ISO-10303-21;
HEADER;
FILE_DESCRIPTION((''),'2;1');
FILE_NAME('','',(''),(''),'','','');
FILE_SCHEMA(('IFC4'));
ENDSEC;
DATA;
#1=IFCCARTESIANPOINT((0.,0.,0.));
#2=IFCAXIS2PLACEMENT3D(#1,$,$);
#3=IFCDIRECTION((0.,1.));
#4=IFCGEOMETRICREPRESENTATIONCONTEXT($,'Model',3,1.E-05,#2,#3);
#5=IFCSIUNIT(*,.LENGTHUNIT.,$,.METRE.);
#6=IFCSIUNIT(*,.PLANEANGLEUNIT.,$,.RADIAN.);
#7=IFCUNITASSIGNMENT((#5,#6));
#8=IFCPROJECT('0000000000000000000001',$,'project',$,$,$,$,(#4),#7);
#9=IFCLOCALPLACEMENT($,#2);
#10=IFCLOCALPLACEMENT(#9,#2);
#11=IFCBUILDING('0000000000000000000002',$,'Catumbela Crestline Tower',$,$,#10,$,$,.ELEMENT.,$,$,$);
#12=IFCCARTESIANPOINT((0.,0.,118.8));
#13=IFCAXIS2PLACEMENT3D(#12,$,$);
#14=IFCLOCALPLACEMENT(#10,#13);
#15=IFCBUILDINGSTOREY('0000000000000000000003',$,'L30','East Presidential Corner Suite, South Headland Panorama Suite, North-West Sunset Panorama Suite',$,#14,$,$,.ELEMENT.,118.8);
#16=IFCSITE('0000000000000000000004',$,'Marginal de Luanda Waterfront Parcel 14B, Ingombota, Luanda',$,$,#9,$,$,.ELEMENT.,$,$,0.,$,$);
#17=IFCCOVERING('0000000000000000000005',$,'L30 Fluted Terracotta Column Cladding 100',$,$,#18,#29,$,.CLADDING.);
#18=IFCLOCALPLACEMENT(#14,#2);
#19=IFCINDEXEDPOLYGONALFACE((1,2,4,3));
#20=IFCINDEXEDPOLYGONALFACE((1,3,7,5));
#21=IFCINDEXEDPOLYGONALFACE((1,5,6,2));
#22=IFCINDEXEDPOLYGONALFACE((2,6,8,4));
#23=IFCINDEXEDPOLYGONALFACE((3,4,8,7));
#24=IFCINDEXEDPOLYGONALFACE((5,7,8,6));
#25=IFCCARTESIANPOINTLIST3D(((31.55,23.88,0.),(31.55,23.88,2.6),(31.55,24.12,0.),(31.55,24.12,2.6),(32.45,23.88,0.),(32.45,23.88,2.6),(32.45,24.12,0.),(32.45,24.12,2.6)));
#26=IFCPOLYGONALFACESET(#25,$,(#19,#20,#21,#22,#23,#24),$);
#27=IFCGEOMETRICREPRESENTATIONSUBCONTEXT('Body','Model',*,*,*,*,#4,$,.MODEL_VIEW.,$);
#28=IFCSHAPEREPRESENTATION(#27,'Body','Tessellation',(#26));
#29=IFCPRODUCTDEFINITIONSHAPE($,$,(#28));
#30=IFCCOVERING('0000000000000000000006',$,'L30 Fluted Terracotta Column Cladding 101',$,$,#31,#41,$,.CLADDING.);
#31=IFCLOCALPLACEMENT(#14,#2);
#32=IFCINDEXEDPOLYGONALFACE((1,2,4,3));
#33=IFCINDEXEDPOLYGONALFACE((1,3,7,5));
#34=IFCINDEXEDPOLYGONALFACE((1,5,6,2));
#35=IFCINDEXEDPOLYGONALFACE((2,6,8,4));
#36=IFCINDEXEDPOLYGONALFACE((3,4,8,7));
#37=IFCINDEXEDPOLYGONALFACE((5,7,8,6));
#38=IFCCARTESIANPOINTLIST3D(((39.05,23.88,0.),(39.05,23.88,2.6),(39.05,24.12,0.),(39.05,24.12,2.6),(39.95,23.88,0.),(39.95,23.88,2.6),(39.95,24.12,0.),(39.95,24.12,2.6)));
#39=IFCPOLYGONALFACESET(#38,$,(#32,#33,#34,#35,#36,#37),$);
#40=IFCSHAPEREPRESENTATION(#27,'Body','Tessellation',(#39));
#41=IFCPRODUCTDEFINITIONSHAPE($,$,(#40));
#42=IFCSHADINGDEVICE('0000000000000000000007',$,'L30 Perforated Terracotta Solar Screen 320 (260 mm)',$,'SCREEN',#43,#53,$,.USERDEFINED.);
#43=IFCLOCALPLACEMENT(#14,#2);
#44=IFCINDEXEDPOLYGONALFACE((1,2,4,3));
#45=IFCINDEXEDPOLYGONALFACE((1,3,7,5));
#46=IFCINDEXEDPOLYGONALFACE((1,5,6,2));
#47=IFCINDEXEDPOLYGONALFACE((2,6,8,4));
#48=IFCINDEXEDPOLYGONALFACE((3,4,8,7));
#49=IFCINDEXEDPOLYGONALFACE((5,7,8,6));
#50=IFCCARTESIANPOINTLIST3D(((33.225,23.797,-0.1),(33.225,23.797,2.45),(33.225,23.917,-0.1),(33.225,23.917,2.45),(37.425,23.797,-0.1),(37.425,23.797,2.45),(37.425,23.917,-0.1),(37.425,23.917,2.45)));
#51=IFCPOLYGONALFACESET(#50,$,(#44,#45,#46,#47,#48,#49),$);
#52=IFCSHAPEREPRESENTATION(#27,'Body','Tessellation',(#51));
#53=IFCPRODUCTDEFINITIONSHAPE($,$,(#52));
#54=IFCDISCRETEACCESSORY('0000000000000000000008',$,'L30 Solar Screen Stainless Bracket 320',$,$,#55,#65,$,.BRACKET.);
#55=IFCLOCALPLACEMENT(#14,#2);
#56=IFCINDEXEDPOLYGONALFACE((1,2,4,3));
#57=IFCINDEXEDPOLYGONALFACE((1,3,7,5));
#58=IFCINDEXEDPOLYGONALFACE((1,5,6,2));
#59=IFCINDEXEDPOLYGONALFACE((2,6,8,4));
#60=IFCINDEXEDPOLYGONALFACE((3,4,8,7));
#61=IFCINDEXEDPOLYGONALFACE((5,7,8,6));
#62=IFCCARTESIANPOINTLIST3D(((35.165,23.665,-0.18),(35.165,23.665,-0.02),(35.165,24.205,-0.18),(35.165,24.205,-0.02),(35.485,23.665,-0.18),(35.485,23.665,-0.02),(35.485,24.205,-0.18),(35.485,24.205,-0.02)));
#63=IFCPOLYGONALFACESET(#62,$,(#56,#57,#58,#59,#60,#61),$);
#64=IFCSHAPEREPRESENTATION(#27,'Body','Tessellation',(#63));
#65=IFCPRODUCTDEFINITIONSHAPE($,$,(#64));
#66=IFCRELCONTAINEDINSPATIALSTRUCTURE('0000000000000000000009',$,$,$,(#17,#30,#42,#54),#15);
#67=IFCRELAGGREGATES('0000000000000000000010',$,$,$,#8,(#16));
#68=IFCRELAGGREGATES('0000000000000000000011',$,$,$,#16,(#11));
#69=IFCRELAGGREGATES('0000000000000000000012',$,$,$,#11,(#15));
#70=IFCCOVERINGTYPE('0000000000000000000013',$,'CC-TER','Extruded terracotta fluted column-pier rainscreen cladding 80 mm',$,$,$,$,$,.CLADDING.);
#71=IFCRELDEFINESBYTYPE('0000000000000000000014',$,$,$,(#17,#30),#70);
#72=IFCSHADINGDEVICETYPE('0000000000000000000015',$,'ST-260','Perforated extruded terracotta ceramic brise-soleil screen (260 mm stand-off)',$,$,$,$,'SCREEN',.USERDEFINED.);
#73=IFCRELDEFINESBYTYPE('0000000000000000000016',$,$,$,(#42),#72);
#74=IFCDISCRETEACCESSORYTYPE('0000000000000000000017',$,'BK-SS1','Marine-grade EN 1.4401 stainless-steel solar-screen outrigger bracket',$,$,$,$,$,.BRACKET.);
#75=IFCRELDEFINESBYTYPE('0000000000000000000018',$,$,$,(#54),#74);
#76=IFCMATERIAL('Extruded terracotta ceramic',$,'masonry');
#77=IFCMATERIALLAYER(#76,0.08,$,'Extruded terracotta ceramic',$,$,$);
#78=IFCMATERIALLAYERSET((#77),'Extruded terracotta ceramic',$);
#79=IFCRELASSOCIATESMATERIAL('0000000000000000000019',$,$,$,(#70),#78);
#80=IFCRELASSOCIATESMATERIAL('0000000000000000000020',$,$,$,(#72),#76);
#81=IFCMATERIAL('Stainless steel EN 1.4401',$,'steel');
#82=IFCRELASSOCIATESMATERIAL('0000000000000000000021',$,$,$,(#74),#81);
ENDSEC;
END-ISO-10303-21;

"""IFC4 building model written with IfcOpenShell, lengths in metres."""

from ifc_helpers import new_model, si_unit, direction, frame, origin, origin_2d, place, context, subcontext, project, spatial, rectangle, extrude, material, layer, layer_set, type_object, element, save


model = new_model("IFC4")

# Units and contexts
model_context = context("Model", 3, precision=1e-05, world=origin(), true_north=direction((0.0, 1.0)))
body_context = subcontext(model_context, "Body", "Model", "MODEL_VIEW")
ifc_project = project(units=[si_unit("LENGTHUNIT", "METRE"), si_unit("PLANEANGLEUNIT", "RADIAN")], contexts=[model_context])

# Site, building, storey
site_placement = place(None, origin())
site = spatial("IfcSite", under=ifc_project, at=site_placement, Name="Marginal de Luanda Waterfront Parcel 14B, Ingombota, Luanda", CompositionType="ELEMENT", RefElevation=0.0)
building_placement = place(site_placement, origin())
building = spatial("IfcBuilding", under=site, at=building_placement, Name="Catumbela Crestline Tower", CompositionType="ELEMENT")
storey_placement = place(building_placement, frame((0.0, 0.0, 118.8)))
storey = spatial("IfcBuildingStorey", under=building, at=storey_placement, Name="L30", Description="East Presidential Corner Suite, South Headland Panorama Suite, North-West Sunset Panorama Suite", CompositionType="ELEMENT", Elevation=118.8)

# Coverings
ifc_material_1 = material(Name="Extruded terracotta ceramic", Category="masonry")
ifc_layer_1 = layer(ifc_material_1, 0.08, Name="Extruded terracotta ceramic")
ifc_layer_set_1 = layer_set([ifc_layer_1], Name="Extruded terracotta ceramic")
covering_type = type_object("IfcCoveringType", Name="CC-TER", Description="Extruded terracotta fluted column-pier rainscreen cladding 80 mm", PredefinedType="CLADDING", material=ifc_layer_set_1)
for number, where, z_axis, x_axis, name in (
    (1, (32.0, 24.0, 0.0), (0.0, 0.0, 1.0), (1.0, 0.0, 0.0), "L30 Fluted Terracotta Column Cladding 100"),
    (2, (39.5, 24.0, 0.0), (0.0, 0.0, 1.0), (1.0, 0.0, 0.0), "L30 Fluted Terracotta Column Cladding 101"),
):
    element("IfcCovering", number, at=place(storey_placement, frame(where, z_axis=z_axis, x_axis=x_axis)), inside=storey, type_object=covering_type, Name=name, PredefinedType="CLADDING", context=body_context, shape_type="SweptSolid", body=[
        extrude(rectangle(XDim=0.9, YDim=0.24, at=origin_2d()), origin(), (0.0, 0.0, 1.0), 2.6),
    ])

# Shading device
shading_device_type = type_object("IfcShadingDeviceType", Name="ST-260", Description="Perforated extruded terracotta ceramic brise-soleil screen (260 mm stand-off)", ElementType="SCREEN", PredefinedType="USERDEFINED", material=ifc_material_1)
shading_device_placement = place(storey_placement, frame((35.325, 23.857, -0.1), z_axis=(0.0, 0.0, 1.0), x_axis=(1.0, 0.0, 0.0)))
element("IfcShadingDevice", 3, at=shading_device_placement, inside=storey, type_object=shading_device_type, Name="L30 Perforated Terracotta Solar Screen 320 (260 mm)", ObjectType="SCREEN", PredefinedType="USERDEFINED", context=body_context, shape_type="SweptSolid", body=[
    extrude(rectangle(XDim=4.2, YDim=0.12, at=origin_2d()), origin(), (0.0, 0.0, 1.0), 2.55),
])

# Discrete accessory
ifc_material_2 = material(Name="Stainless steel EN 1.4401", Category="steel")
discrete_accessory_type = type_object("IfcDiscreteAccessoryType", Name="BK-SS1", Description="Marine-grade EN 1.4401 stainless-steel solar-screen outrigger bracket", PredefinedType="BRACKET", material=ifc_material_2)
discrete_accessory_placement = place(storey_placement, frame((35.325, 23.935, -0.18), z_axis=(0.0, 0.0, 1.0), x_axis=(1.0, 0.0, 0.0)))
element("IfcDiscreteAccessory", 4, at=discrete_accessory_placement, inside=storey, type_object=discrete_accessory_type, Name="L30 Solar Screen Stainless Bracket 320", PredefinedType="BRACKET", context=body_context, shape_type="SweptSolid", body=[
    extrude(rectangle(XDim=0.32, YDim=0.54, at=origin_2d()), origin(), (0.0, 0.0, 1.0), 0.16),
])

save(model, "model.ifc")
